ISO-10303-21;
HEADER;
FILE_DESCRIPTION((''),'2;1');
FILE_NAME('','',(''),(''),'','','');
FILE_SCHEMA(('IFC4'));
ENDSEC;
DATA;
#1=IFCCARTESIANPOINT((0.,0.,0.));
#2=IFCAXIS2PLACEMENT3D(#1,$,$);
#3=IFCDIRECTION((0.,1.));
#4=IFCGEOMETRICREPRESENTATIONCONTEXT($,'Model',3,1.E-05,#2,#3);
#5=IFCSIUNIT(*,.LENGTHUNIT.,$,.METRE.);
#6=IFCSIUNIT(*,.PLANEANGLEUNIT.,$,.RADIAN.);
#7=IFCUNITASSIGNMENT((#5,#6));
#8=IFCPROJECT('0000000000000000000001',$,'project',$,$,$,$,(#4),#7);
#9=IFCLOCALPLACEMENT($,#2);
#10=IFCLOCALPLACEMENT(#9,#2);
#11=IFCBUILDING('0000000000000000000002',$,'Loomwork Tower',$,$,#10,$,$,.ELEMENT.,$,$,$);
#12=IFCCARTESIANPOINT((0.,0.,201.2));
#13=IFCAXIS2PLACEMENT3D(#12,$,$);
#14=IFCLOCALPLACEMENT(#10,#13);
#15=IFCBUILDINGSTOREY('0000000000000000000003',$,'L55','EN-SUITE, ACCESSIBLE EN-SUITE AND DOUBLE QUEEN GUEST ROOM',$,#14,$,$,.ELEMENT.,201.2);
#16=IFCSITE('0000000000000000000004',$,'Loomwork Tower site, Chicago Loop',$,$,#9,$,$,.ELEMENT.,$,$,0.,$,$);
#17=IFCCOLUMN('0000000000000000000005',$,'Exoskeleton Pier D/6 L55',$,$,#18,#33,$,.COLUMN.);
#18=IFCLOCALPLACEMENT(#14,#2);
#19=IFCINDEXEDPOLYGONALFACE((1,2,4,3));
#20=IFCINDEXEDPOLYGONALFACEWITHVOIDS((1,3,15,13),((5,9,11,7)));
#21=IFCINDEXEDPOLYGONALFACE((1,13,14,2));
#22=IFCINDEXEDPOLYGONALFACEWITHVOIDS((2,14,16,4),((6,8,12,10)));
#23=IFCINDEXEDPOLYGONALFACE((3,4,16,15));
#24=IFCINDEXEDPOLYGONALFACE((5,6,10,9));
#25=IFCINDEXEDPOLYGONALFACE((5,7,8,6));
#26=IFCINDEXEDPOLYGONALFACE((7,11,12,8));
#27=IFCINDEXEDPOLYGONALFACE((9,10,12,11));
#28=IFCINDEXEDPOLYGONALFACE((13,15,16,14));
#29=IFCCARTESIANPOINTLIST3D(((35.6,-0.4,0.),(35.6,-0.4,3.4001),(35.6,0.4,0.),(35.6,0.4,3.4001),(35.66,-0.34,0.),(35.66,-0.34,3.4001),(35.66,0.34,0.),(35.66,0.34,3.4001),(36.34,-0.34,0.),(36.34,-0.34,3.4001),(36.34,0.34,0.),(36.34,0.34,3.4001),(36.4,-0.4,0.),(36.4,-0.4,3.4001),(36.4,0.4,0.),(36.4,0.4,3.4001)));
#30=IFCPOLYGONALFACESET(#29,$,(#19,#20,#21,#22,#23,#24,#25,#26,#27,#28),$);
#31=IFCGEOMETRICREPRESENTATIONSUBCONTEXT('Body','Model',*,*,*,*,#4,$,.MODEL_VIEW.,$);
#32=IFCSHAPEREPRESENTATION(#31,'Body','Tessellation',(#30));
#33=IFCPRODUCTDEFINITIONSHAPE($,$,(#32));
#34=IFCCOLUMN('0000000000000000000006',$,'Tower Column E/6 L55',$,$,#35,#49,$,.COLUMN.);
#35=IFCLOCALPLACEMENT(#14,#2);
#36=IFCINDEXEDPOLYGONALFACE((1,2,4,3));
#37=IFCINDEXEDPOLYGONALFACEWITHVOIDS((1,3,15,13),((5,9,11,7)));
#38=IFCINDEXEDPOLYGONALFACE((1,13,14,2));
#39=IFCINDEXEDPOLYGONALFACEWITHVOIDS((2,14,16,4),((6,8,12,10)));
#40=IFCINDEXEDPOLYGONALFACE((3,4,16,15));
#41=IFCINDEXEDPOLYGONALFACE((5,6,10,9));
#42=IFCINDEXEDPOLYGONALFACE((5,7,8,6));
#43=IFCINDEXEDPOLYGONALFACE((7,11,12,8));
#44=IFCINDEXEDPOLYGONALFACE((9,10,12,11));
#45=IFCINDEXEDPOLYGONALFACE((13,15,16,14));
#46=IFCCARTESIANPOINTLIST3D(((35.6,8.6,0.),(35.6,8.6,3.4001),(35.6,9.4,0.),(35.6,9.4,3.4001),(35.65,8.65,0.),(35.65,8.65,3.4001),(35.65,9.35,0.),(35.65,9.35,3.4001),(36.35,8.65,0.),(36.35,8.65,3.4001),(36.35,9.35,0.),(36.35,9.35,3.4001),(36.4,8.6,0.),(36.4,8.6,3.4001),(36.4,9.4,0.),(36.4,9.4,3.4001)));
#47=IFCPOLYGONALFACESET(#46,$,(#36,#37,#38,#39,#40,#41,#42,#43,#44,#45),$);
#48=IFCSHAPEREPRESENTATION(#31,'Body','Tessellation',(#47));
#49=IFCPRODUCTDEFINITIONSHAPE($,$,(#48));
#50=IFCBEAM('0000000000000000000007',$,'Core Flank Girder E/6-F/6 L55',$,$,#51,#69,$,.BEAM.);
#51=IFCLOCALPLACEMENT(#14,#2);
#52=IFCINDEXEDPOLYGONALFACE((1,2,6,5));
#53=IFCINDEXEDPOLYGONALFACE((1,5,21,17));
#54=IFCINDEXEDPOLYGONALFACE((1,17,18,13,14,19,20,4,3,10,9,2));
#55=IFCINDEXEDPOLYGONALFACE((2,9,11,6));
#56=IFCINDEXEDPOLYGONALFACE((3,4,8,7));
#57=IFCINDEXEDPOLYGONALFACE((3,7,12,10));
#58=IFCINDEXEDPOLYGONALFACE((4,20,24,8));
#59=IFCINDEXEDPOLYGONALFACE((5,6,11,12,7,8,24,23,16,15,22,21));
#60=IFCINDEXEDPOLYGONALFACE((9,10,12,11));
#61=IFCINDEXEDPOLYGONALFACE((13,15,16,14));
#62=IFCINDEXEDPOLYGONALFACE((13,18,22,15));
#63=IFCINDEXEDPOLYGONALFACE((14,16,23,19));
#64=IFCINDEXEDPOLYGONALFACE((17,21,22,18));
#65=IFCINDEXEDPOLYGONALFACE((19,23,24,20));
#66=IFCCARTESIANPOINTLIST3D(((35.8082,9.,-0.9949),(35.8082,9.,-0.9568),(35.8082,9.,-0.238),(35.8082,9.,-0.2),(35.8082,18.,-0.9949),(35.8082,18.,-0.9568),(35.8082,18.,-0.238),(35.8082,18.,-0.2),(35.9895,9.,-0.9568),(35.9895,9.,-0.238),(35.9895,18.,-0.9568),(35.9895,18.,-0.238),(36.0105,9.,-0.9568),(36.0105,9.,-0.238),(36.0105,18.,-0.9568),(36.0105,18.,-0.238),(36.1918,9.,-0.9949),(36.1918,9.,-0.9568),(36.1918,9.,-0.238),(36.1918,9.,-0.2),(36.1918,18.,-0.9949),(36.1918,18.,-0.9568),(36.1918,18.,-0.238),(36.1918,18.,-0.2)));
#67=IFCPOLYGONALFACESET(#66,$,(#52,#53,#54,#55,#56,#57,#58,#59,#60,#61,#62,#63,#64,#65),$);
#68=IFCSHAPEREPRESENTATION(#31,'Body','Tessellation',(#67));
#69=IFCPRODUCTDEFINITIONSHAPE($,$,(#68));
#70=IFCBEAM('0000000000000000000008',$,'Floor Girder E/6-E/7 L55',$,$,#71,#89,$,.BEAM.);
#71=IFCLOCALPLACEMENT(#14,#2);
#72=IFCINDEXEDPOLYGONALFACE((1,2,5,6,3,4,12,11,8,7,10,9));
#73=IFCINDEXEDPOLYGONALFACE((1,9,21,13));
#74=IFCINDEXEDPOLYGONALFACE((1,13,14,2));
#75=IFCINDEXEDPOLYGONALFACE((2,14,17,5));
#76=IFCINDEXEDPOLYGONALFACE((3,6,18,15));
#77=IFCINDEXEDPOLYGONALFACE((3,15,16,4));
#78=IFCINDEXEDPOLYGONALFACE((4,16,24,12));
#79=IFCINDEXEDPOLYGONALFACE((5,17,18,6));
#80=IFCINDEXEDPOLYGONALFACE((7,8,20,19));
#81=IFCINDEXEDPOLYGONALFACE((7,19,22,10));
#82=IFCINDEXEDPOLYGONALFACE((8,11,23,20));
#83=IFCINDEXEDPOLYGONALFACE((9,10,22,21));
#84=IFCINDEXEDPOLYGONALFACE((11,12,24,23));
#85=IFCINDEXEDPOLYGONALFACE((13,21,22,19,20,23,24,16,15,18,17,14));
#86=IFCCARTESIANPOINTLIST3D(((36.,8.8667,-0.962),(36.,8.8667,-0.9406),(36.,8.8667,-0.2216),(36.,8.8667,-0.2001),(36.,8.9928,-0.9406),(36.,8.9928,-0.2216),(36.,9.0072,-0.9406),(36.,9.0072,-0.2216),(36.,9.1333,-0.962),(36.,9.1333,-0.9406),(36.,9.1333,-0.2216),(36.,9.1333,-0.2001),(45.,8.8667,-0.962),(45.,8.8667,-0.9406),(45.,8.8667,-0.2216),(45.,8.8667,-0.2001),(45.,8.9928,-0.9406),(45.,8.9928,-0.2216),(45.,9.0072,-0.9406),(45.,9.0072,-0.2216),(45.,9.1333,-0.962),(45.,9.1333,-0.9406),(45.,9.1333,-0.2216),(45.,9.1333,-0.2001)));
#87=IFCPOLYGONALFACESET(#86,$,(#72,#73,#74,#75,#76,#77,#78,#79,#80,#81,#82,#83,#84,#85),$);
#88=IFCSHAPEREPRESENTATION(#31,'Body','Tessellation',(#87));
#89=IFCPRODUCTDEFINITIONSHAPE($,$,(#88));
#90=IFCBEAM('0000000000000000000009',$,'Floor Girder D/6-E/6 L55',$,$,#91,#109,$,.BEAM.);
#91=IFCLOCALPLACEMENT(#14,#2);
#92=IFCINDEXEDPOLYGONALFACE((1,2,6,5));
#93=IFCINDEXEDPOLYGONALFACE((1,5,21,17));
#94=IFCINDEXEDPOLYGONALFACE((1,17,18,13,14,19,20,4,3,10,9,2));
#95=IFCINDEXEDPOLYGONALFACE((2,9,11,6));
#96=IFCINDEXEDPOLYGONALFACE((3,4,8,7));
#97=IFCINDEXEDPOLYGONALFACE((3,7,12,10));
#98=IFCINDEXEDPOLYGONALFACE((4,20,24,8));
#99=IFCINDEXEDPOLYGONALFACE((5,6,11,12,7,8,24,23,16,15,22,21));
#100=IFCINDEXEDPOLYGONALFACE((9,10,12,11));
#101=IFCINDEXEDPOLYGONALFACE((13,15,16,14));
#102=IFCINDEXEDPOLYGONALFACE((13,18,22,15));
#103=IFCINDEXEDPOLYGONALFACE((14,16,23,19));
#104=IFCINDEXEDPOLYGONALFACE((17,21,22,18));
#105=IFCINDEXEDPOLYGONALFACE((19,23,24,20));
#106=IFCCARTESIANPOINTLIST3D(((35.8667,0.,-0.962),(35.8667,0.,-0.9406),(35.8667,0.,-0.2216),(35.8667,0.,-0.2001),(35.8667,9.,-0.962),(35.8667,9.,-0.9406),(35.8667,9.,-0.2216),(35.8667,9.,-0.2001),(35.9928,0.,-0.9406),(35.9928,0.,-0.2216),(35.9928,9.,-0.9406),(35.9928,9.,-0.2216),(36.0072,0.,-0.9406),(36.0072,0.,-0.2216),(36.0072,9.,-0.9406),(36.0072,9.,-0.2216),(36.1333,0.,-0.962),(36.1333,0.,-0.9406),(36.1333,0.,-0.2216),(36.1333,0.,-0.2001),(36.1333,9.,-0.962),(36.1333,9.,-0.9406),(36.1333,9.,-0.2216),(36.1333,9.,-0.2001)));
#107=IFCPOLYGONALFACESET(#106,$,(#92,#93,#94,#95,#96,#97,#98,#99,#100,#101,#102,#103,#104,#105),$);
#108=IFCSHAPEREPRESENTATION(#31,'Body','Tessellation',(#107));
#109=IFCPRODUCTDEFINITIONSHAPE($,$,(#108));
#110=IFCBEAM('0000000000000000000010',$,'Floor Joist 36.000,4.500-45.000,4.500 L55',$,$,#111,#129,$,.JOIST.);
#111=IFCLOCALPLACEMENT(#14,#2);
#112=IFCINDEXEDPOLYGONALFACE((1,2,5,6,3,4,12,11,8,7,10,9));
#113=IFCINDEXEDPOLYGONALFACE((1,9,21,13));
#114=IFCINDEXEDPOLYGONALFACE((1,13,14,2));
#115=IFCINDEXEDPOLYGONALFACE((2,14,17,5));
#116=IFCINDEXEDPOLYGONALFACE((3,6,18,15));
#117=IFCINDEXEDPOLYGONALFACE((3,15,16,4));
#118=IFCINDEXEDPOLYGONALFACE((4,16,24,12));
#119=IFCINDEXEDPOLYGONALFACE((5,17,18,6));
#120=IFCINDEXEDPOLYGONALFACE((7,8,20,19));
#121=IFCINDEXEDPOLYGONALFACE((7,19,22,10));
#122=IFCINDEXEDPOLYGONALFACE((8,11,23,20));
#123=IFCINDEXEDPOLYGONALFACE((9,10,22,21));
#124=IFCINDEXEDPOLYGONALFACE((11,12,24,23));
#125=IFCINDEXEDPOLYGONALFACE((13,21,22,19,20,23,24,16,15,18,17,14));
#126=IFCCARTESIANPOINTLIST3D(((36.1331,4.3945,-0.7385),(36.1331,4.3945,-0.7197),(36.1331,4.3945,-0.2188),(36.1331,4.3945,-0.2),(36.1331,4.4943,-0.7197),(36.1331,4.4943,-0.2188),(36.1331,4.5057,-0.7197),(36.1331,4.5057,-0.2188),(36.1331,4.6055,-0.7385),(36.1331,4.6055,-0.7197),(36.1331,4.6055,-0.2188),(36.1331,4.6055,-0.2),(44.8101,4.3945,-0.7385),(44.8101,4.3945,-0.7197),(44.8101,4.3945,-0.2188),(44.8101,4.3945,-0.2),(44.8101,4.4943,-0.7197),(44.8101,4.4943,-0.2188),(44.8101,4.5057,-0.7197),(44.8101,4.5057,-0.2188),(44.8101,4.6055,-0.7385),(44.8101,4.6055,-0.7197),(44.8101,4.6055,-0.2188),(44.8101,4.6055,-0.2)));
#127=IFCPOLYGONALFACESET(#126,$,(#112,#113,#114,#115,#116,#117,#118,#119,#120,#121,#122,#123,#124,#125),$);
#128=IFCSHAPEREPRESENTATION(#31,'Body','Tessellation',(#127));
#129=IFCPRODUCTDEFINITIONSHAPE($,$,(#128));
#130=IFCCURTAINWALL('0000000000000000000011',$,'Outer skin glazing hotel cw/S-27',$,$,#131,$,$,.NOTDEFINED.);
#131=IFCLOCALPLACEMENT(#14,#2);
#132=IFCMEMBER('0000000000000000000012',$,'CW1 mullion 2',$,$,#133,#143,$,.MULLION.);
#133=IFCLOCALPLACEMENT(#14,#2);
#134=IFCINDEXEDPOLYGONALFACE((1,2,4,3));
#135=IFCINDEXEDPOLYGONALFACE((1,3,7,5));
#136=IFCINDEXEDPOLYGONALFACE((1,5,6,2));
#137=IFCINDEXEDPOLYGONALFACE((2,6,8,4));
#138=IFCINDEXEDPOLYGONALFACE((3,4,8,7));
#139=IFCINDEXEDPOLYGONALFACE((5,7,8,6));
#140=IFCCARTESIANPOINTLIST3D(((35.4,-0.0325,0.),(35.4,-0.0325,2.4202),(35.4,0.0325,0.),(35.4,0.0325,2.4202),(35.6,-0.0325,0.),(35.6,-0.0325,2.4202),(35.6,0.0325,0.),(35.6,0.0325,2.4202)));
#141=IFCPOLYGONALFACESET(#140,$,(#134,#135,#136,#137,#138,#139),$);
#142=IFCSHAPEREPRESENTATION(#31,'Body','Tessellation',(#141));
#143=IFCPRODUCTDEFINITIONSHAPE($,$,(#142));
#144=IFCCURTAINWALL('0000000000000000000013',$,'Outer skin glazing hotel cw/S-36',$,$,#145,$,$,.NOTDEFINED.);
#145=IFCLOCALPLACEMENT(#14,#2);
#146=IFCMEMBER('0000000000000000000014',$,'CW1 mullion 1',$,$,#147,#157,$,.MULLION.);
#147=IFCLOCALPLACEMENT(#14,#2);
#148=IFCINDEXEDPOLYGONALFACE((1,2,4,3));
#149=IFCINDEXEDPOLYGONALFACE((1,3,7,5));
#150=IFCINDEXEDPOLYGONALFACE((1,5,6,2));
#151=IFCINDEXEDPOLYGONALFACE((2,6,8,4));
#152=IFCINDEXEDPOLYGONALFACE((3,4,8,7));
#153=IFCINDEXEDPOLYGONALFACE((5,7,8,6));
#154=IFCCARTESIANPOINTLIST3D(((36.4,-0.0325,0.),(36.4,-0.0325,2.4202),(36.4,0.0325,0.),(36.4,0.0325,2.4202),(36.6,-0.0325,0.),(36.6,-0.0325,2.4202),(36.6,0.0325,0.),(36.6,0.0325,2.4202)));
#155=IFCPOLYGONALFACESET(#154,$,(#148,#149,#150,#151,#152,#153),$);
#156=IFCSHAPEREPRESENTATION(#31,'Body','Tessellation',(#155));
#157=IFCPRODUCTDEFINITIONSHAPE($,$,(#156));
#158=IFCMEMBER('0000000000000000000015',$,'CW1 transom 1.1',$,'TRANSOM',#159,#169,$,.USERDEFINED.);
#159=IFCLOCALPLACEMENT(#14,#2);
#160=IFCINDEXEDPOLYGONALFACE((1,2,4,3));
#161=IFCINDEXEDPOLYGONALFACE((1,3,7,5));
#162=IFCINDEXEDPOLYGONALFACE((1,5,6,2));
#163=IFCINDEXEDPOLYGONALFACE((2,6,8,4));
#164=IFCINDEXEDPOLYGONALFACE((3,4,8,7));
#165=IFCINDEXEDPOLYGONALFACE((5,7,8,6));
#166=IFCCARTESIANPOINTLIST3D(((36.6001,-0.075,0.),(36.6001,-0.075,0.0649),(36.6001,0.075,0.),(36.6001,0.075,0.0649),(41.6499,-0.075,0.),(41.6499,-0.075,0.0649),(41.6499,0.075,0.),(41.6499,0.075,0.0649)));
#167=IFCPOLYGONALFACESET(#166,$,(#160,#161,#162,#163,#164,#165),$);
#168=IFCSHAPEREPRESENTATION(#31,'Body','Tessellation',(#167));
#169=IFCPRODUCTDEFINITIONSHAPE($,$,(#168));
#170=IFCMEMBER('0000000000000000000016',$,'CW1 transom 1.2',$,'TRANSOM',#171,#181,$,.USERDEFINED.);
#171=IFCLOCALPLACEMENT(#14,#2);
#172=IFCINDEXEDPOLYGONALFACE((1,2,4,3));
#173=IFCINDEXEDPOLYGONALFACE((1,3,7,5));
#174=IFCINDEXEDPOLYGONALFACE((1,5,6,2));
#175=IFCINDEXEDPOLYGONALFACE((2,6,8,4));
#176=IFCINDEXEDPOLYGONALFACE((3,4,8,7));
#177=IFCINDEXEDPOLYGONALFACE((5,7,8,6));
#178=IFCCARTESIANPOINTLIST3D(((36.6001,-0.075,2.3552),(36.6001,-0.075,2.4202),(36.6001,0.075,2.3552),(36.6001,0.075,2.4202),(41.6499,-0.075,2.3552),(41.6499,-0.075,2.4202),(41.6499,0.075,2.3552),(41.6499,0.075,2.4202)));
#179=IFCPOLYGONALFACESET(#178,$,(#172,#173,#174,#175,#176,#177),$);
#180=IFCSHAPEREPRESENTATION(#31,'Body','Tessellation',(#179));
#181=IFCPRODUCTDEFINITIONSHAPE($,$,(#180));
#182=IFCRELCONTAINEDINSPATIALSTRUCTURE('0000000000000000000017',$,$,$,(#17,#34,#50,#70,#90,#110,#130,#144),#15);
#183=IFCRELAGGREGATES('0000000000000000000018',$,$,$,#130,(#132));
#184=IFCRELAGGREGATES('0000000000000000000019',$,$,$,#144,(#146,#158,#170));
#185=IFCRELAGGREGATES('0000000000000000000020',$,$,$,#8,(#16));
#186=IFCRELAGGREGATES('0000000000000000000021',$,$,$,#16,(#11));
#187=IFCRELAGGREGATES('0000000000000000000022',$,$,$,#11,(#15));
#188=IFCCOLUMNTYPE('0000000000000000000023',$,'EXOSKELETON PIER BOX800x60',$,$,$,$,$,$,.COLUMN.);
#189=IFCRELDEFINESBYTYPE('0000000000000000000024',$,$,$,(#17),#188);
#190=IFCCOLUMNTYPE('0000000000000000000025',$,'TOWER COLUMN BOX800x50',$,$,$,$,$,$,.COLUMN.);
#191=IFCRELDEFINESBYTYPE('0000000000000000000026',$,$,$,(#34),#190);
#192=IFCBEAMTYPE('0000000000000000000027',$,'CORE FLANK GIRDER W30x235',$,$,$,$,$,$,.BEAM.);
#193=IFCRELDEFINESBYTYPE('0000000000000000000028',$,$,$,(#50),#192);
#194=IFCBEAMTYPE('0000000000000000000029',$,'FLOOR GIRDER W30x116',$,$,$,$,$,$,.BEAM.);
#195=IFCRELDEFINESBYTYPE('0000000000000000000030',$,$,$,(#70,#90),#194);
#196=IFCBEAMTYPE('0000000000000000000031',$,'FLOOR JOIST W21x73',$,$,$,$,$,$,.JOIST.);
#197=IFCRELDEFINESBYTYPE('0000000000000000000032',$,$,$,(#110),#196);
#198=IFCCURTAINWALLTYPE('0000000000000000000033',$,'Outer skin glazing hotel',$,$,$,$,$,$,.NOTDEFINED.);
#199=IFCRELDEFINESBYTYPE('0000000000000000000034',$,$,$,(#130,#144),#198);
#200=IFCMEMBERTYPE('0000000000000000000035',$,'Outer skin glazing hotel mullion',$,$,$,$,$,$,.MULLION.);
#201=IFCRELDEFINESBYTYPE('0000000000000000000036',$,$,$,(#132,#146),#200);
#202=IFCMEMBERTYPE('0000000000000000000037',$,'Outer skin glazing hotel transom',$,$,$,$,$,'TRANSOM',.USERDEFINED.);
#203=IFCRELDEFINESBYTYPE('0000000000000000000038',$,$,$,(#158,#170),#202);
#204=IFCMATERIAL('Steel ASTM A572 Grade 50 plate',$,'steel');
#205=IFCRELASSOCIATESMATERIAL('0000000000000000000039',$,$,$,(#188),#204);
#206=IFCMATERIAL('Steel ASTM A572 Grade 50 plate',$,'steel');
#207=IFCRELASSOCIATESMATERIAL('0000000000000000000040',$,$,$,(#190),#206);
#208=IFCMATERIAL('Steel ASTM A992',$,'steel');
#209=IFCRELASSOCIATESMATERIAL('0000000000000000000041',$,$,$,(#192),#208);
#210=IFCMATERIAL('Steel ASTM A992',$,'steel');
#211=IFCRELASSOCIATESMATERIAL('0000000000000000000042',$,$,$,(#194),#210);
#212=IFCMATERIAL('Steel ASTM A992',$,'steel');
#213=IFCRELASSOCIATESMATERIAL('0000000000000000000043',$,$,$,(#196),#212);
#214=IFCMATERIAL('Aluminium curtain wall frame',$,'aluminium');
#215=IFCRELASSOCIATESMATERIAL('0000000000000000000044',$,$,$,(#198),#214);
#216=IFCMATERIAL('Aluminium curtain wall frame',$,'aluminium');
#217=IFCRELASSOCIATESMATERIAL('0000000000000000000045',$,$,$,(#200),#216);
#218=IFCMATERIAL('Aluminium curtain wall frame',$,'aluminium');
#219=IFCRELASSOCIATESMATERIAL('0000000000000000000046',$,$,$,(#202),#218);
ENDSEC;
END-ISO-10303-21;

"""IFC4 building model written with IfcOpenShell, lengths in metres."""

from ifc_helpers import new_model, si_unit, direction, frame, origin, origin_2d, place, context, subcontext, project, spatial, rectangle, hollow_rectangle, i_section, extrude, material, material_profile, profile_set, type_object, element, aggregate, save


model = new_model("IFC4")

# Units and contexts
model_context = context("Model", 3, precision=1e-05, world=origin(), true_north=direction((0.0, 1.0)))
body_context = subcontext(model_context, "Body", "Model", "MODEL_VIEW")
ifc_project = project(units=[si_unit("LENGTHUNIT", "METRE"), si_unit("PLANEANGLEUNIT", "RADIAN")], contexts=[model_context])

# Site, building, storey
site_placement = place(None, origin())
site = spatial("IfcSite", under=ifc_project, at=site_placement, Name="Loomwork Tower site, Chicago Loop", CompositionType="ELEMENT", RefElevation=0.0)
building_placement = place(site_placement, origin())
building = spatial("IfcBuilding", under=site, at=building_placement, Name="Loomwork Tower", CompositionType="ELEMENT")
storey_placement = place(building_placement, frame((0.0, 0.0, 201.2)))
storey = spatial("IfcBuildingStorey", under=building, at=storey_placement, Name="L55", Description="EN-SUITE, ACCESSIBLE EN-SUITE AND DOUBLE QUEEN GUEST ROOM", CompositionType="ELEMENT", Elevation=201.2)

# Columns
ifc_material_1 = material(Name="Steel ASTM A572 Grade 50 plate", Category="steel")
ifc_material_profile_1 = material_profile(ifc_material_1, hollow_rectangle(XDim=0.8, YDim=0.8, WallThickness=0.0601, at=origin_2d()), Name="BOX800x60")
ifc_profile_set_1 = profile_set([ifc_material_profile_1], Name="Steel ASTM A572 Grade 50 plate")
column_type_1 = type_object("IfcColumnType", Name="EXOSKELETON PIER BOX800x60", PredefinedType="COLUMN", material=ifc_profile_set_1)
column_1_placement = place(storey_placement, frame((36.0, 0.0, 0.0), z_axis=(0.0, 0.0, 1.0), x_axis=(1.0, 0.0, 0.0)))
element("IfcColumn", 1, at=column_1_placement, inside=storey, type_object=column_type_1, Name="Exoskeleton Pier D/6 L55", PredefinedType="COLUMN", context=body_context, shape_type="SweptSolid", body=[
    extrude(hollow_rectangle(XDim=0.8, YDim=0.8, WallThickness=0.0601, at=origin_2d()), origin(), (0.0, 0.0, 1.0), 3.4001),
])
ifc_material_2 = material(Name="Steel ASTM A572 Grade 50 plate", Category="steel")
ifc_material_profile_2 = material_profile(ifc_material_2, hollow_rectangle(XDim=0.8, YDim=0.8, WallThickness=0.05, at=origin_2d()), Name="BOX800x50")
ifc_profile_set_2 = profile_set([ifc_material_profile_2], Name="Steel ASTM A572 Grade 50 plate")
column_type_2 = type_object("IfcColumnType", Name="TOWER COLUMN BOX800x50", PredefinedType="COLUMN", material=ifc_profile_set_2)
column_2_placement = place(storey_placement, frame((36.0, 9.0, 0.0), z_axis=(0.0, 0.0, 1.0), x_axis=(0.0, 1.0, 0.0)))
element("IfcColumn", 2, at=column_2_placement, inside=storey, type_object=column_type_2, Name="Tower Column E/6 L55", PredefinedType="COLUMN", context=body_context, shape_type="SweptSolid", body=[
    extrude(hollow_rectangle(XDim=0.8, YDim=0.8, WallThickness=0.05, at=origin_2d()), origin(), (0.0, 0.0, 1.0), 3.4001),
])

# Beams
ifc_material_3 = material(Name="Steel ASTM A992", Category="steel")
ifc_material_profile_3 = material_profile(ifc_material_3, i_section(OverallWidth=0.3835, OverallDepth=0.7949, WebThickness=0.021, FlangeThickness=0.0381, at=origin_2d()), Name="W30x235")
ifc_profile_set_3 = profile_set([ifc_material_profile_3], Name="Steel ASTM A992")
beam_type_1 = type_object("IfcBeamType", Name="CORE FLANK GIRDER W30x235", PredefinedType="BEAM", material=ifc_profile_set_3)
beam_1_placement = place(storey_placement, frame((36.0, 9.0, -0.5974), z_axis=(0.0, 1.0, 0.0), x_axis=(-1.0, 0.0, 0.0)))
element("IfcBeam", 3, at=beam_1_placement, inside=storey, type_object=beam_type_1, Name="Core Flank Girder E/6-F/6 L55", PredefinedType="BEAM", context=body_context, shape_type="SweptSolid", body=[
    extrude(i_section(OverallWidth=0.3835, OverallDepth=0.7949, WebThickness=0.021, FlangeThickness=0.0381, at=origin_2d()), origin(), (0.0, 0.0, 1.0), 9.0),
])
ifc_material_4 = material(Name="Steel ASTM A992", Category="steel")
ifc_material_profile_4 = material_profile(ifc_material_4, i_section(OverallWidth=0.2666, OverallDepth=0.762, WebThickness=0.0144, FlangeThickness=0.0215, at=origin_2d()), Name="W30x116")
ifc_profile_set_4 = profile_set([ifc_material_profile_4], Name="Steel ASTM A992")
beam_type_2 = type_object("IfcBeamType", Name="FLOOR GIRDER W30x116", PredefinedType="BEAM", material=ifc_profile_set_4)
for number, where, z_axis, x_axis, name in (
    (4, (36.0, 9.0, -0.5811), (1.0, 0.0, 0.0), (0.0, 1.0, 0.0), "Floor Girder E/6-E/7 L55"),
    (5, (36.0, 0.0, -0.5811), (0.0, 1.0, 0.0), (-1.0, 0.0, 0.0), "Floor Girder D/6-E/6 L55"),
):
    element("IfcBeam", number, at=place(storey_placement, frame(where, z_axis=z_axis, x_axis=x_axis)), inside=storey, type_object=beam_type_2, Name=name, PredefinedType="BEAM", context=body_context, shape_type="SweptSolid", body=[
        extrude(i_section(OverallWidth=0.2666, OverallDepth=0.762, WebThickness=0.0144, FlangeThickness=0.0215, at=origin_2d()), origin(), (0.0, 0.0, 1.0), 9.0),
    ])
ifc_material_5 = material(Name="Steel ASTM A992", Category="steel")
ifc_material_profile_5 = material_profile(ifc_material_5, i_section(OverallWidth=0.2109, OverallDepth=0.5386, WebThickness=0.0115, FlangeThickness=0.0188, at=origin_2d()), Name="W21x73")
ifc_profile_set_5 = profile_set([ifc_material_profile_5], Name="Steel ASTM A992")
beam_type_3 = type_object("IfcBeamType", Name="FLOOR JOIST W21x73", PredefinedType="JOIST", material=ifc_profile_set_5)
beam_2_placement = place(storey_placement, frame((36.1331, 4.5, -0.4692), z_axis=(1.0, 0.0, 0.0), x_axis=(0.0, 1.0, 0.0)))
element("IfcBeam", 6, at=beam_2_placement, inside=storey, type_object=beam_type_3, Name="Floor Joist 36.000,4.500-45.000,4.500 L55", PredefinedType="JOIST", context=body_context, shape_type="SweptSolid", body=[
    extrude(i_section(OverallWidth=0.2109, OverallDepth=0.5386, WebThickness=0.0115, FlangeThickness=0.0188, at=origin_2d()), origin(), (0.0, 0.0, 1.0), 8.677),
])

# Curtain wall, member
ifc_material_6 = material(Name="Aluminium curtain wall frame", Category="aluminium")
curtain_wall_type = type_object("IfcCurtainWallType", Name="Outer skin glazing hotel", PredefinedType="NOTDEFINED", material=ifc_material_6)
curtain_wall_1_placement = place(storey_placement, origin())
curtain_wall_1 = element("IfcCurtainWall", 7, at=curtain_wall_1_placement, inside=storey, type_object=curtain_wall_type, Name="Outer skin glazing hotel cw/S-27", PredefinedType="NOTDEFINED")
ifc_material_7 = material(Name="Aluminium curtain wall frame", Category="aluminium")
ifc_material_profile_6 = material_profile(ifc_material_7, rectangle(XDim=0.0649, YDim=0.2, at=origin_2d()), Name="AL 65x200")
ifc_profile_set_6 = profile_set([ifc_material_profile_6], Name="Aluminium curtain wall frame")
member_type_1 = type_object("IfcMemberType", Name="Outer skin glazing hotel mullion", PredefinedType="MULLION", material=ifc_profile_set_6)
member_1_placement = place(storey_placement, frame((35.5, 0.0, 0.0), z_axis=(0.0, 0.0, 1.0), x_axis=(0.0, 1.0, 0.0)))
member_1 = element("IfcMember", 8, at=member_1_placement, type_object=member_type_1, Name="CW1 mullion 2", PredefinedType="MULLION", context=body_context, shape_type="SweptSolid", body=[
    extrude(rectangle(XDim=0.0649, YDim=0.2, at=origin_2d()), origin(), (0.0, 0.0, 1.0), 2.4202),
])
aggregate(curtain_wall_1, [member_1])

# Curtain wall, members
curtain_wall_2_placement = place(storey_placement, origin())
curtain_wall_2 = element("IfcCurtainWall", 9, at=curtain_wall_2_placement, inside=storey, type_object=curtain_wall_type, Name="Outer skin glazing hotel cw/S-36", PredefinedType="NOTDEFINED")
member_2_placement = place(storey_placement, frame((36.5, 0.0, 0.0), z_axis=(0.0, 0.0, 1.0), x_axis=(0.0, 1.0, 0.0)))
member_2 = element("IfcMember", 10, at=member_2_placement, type_object=member_type_1, Name="CW1 mullion 1", PredefinedType="MULLION", context=body_context, shape_type="SweptSolid", body=[
    extrude(rectangle(XDim=0.0649, YDim=0.2, at=origin_2d()), origin(), (0.0, 0.0, 1.0), 2.4202),
])
ifc_material_8 = material(Name="Aluminium curtain wall frame", Category="aluminium")
ifc_material_profile_7 = material_profile(ifc_material_8, rectangle(XDim=0.1499, YDim=0.0649, at=origin_2d()), Name="AL 65x150")
ifc_profile_set_7 = profile_set([ifc_material_profile_7], Name="Aluminium curtain wall frame")
member_type_2 = type_object("IfcMemberType", Name="Outer skin glazing hotel transom", ElementType="TRANSOM", PredefinedType="USERDEFINED", material=ifc_profile_set_7)
member_3_placement = place(storey_placement, frame((36.6001, 0.0, 0.0325), z_axis=(1.0, 0.0, 0.0), x_axis=(0.0, 1.0, 0.0)))
member_3 = element("IfcMember", 11, at=member_3_placement, type_object=member_type_2, Name="CW1 transom 1.1", ObjectType="TRANSOM", PredefinedType="USERDEFINED", context=body_context, shape_type="SweptSolid", body=[
    extrude(rectangle(XDim=0.1499, YDim=0.0649, at=origin_2d()), origin(), (0.0, 0.0, 1.0), 5.0498),
])
member_4_placement = place(storey_placement, frame((36.6001, 0.0, 2.3877), z_axis=(1.0, 0.0, 0.0), x_axis=(0.0, 1.0, 0.0)))
member_4 = element("IfcMember", 12, at=member_4_placement, type_object=member_type_2, Name="CW1 transom 1.2", ObjectType="TRANSOM", PredefinedType="USERDEFINED", context=body_context, shape_type="SweptSolid", body=[
    extrude(rectangle(XDim=0.1499, YDim=0.0649, at=origin_2d()), origin(), (0.0, 0.0, 1.0), 5.0498),
])

aggregate(curtain_wall_2, [member_2, member_3, member_4])

save(model, "model.ifc")
